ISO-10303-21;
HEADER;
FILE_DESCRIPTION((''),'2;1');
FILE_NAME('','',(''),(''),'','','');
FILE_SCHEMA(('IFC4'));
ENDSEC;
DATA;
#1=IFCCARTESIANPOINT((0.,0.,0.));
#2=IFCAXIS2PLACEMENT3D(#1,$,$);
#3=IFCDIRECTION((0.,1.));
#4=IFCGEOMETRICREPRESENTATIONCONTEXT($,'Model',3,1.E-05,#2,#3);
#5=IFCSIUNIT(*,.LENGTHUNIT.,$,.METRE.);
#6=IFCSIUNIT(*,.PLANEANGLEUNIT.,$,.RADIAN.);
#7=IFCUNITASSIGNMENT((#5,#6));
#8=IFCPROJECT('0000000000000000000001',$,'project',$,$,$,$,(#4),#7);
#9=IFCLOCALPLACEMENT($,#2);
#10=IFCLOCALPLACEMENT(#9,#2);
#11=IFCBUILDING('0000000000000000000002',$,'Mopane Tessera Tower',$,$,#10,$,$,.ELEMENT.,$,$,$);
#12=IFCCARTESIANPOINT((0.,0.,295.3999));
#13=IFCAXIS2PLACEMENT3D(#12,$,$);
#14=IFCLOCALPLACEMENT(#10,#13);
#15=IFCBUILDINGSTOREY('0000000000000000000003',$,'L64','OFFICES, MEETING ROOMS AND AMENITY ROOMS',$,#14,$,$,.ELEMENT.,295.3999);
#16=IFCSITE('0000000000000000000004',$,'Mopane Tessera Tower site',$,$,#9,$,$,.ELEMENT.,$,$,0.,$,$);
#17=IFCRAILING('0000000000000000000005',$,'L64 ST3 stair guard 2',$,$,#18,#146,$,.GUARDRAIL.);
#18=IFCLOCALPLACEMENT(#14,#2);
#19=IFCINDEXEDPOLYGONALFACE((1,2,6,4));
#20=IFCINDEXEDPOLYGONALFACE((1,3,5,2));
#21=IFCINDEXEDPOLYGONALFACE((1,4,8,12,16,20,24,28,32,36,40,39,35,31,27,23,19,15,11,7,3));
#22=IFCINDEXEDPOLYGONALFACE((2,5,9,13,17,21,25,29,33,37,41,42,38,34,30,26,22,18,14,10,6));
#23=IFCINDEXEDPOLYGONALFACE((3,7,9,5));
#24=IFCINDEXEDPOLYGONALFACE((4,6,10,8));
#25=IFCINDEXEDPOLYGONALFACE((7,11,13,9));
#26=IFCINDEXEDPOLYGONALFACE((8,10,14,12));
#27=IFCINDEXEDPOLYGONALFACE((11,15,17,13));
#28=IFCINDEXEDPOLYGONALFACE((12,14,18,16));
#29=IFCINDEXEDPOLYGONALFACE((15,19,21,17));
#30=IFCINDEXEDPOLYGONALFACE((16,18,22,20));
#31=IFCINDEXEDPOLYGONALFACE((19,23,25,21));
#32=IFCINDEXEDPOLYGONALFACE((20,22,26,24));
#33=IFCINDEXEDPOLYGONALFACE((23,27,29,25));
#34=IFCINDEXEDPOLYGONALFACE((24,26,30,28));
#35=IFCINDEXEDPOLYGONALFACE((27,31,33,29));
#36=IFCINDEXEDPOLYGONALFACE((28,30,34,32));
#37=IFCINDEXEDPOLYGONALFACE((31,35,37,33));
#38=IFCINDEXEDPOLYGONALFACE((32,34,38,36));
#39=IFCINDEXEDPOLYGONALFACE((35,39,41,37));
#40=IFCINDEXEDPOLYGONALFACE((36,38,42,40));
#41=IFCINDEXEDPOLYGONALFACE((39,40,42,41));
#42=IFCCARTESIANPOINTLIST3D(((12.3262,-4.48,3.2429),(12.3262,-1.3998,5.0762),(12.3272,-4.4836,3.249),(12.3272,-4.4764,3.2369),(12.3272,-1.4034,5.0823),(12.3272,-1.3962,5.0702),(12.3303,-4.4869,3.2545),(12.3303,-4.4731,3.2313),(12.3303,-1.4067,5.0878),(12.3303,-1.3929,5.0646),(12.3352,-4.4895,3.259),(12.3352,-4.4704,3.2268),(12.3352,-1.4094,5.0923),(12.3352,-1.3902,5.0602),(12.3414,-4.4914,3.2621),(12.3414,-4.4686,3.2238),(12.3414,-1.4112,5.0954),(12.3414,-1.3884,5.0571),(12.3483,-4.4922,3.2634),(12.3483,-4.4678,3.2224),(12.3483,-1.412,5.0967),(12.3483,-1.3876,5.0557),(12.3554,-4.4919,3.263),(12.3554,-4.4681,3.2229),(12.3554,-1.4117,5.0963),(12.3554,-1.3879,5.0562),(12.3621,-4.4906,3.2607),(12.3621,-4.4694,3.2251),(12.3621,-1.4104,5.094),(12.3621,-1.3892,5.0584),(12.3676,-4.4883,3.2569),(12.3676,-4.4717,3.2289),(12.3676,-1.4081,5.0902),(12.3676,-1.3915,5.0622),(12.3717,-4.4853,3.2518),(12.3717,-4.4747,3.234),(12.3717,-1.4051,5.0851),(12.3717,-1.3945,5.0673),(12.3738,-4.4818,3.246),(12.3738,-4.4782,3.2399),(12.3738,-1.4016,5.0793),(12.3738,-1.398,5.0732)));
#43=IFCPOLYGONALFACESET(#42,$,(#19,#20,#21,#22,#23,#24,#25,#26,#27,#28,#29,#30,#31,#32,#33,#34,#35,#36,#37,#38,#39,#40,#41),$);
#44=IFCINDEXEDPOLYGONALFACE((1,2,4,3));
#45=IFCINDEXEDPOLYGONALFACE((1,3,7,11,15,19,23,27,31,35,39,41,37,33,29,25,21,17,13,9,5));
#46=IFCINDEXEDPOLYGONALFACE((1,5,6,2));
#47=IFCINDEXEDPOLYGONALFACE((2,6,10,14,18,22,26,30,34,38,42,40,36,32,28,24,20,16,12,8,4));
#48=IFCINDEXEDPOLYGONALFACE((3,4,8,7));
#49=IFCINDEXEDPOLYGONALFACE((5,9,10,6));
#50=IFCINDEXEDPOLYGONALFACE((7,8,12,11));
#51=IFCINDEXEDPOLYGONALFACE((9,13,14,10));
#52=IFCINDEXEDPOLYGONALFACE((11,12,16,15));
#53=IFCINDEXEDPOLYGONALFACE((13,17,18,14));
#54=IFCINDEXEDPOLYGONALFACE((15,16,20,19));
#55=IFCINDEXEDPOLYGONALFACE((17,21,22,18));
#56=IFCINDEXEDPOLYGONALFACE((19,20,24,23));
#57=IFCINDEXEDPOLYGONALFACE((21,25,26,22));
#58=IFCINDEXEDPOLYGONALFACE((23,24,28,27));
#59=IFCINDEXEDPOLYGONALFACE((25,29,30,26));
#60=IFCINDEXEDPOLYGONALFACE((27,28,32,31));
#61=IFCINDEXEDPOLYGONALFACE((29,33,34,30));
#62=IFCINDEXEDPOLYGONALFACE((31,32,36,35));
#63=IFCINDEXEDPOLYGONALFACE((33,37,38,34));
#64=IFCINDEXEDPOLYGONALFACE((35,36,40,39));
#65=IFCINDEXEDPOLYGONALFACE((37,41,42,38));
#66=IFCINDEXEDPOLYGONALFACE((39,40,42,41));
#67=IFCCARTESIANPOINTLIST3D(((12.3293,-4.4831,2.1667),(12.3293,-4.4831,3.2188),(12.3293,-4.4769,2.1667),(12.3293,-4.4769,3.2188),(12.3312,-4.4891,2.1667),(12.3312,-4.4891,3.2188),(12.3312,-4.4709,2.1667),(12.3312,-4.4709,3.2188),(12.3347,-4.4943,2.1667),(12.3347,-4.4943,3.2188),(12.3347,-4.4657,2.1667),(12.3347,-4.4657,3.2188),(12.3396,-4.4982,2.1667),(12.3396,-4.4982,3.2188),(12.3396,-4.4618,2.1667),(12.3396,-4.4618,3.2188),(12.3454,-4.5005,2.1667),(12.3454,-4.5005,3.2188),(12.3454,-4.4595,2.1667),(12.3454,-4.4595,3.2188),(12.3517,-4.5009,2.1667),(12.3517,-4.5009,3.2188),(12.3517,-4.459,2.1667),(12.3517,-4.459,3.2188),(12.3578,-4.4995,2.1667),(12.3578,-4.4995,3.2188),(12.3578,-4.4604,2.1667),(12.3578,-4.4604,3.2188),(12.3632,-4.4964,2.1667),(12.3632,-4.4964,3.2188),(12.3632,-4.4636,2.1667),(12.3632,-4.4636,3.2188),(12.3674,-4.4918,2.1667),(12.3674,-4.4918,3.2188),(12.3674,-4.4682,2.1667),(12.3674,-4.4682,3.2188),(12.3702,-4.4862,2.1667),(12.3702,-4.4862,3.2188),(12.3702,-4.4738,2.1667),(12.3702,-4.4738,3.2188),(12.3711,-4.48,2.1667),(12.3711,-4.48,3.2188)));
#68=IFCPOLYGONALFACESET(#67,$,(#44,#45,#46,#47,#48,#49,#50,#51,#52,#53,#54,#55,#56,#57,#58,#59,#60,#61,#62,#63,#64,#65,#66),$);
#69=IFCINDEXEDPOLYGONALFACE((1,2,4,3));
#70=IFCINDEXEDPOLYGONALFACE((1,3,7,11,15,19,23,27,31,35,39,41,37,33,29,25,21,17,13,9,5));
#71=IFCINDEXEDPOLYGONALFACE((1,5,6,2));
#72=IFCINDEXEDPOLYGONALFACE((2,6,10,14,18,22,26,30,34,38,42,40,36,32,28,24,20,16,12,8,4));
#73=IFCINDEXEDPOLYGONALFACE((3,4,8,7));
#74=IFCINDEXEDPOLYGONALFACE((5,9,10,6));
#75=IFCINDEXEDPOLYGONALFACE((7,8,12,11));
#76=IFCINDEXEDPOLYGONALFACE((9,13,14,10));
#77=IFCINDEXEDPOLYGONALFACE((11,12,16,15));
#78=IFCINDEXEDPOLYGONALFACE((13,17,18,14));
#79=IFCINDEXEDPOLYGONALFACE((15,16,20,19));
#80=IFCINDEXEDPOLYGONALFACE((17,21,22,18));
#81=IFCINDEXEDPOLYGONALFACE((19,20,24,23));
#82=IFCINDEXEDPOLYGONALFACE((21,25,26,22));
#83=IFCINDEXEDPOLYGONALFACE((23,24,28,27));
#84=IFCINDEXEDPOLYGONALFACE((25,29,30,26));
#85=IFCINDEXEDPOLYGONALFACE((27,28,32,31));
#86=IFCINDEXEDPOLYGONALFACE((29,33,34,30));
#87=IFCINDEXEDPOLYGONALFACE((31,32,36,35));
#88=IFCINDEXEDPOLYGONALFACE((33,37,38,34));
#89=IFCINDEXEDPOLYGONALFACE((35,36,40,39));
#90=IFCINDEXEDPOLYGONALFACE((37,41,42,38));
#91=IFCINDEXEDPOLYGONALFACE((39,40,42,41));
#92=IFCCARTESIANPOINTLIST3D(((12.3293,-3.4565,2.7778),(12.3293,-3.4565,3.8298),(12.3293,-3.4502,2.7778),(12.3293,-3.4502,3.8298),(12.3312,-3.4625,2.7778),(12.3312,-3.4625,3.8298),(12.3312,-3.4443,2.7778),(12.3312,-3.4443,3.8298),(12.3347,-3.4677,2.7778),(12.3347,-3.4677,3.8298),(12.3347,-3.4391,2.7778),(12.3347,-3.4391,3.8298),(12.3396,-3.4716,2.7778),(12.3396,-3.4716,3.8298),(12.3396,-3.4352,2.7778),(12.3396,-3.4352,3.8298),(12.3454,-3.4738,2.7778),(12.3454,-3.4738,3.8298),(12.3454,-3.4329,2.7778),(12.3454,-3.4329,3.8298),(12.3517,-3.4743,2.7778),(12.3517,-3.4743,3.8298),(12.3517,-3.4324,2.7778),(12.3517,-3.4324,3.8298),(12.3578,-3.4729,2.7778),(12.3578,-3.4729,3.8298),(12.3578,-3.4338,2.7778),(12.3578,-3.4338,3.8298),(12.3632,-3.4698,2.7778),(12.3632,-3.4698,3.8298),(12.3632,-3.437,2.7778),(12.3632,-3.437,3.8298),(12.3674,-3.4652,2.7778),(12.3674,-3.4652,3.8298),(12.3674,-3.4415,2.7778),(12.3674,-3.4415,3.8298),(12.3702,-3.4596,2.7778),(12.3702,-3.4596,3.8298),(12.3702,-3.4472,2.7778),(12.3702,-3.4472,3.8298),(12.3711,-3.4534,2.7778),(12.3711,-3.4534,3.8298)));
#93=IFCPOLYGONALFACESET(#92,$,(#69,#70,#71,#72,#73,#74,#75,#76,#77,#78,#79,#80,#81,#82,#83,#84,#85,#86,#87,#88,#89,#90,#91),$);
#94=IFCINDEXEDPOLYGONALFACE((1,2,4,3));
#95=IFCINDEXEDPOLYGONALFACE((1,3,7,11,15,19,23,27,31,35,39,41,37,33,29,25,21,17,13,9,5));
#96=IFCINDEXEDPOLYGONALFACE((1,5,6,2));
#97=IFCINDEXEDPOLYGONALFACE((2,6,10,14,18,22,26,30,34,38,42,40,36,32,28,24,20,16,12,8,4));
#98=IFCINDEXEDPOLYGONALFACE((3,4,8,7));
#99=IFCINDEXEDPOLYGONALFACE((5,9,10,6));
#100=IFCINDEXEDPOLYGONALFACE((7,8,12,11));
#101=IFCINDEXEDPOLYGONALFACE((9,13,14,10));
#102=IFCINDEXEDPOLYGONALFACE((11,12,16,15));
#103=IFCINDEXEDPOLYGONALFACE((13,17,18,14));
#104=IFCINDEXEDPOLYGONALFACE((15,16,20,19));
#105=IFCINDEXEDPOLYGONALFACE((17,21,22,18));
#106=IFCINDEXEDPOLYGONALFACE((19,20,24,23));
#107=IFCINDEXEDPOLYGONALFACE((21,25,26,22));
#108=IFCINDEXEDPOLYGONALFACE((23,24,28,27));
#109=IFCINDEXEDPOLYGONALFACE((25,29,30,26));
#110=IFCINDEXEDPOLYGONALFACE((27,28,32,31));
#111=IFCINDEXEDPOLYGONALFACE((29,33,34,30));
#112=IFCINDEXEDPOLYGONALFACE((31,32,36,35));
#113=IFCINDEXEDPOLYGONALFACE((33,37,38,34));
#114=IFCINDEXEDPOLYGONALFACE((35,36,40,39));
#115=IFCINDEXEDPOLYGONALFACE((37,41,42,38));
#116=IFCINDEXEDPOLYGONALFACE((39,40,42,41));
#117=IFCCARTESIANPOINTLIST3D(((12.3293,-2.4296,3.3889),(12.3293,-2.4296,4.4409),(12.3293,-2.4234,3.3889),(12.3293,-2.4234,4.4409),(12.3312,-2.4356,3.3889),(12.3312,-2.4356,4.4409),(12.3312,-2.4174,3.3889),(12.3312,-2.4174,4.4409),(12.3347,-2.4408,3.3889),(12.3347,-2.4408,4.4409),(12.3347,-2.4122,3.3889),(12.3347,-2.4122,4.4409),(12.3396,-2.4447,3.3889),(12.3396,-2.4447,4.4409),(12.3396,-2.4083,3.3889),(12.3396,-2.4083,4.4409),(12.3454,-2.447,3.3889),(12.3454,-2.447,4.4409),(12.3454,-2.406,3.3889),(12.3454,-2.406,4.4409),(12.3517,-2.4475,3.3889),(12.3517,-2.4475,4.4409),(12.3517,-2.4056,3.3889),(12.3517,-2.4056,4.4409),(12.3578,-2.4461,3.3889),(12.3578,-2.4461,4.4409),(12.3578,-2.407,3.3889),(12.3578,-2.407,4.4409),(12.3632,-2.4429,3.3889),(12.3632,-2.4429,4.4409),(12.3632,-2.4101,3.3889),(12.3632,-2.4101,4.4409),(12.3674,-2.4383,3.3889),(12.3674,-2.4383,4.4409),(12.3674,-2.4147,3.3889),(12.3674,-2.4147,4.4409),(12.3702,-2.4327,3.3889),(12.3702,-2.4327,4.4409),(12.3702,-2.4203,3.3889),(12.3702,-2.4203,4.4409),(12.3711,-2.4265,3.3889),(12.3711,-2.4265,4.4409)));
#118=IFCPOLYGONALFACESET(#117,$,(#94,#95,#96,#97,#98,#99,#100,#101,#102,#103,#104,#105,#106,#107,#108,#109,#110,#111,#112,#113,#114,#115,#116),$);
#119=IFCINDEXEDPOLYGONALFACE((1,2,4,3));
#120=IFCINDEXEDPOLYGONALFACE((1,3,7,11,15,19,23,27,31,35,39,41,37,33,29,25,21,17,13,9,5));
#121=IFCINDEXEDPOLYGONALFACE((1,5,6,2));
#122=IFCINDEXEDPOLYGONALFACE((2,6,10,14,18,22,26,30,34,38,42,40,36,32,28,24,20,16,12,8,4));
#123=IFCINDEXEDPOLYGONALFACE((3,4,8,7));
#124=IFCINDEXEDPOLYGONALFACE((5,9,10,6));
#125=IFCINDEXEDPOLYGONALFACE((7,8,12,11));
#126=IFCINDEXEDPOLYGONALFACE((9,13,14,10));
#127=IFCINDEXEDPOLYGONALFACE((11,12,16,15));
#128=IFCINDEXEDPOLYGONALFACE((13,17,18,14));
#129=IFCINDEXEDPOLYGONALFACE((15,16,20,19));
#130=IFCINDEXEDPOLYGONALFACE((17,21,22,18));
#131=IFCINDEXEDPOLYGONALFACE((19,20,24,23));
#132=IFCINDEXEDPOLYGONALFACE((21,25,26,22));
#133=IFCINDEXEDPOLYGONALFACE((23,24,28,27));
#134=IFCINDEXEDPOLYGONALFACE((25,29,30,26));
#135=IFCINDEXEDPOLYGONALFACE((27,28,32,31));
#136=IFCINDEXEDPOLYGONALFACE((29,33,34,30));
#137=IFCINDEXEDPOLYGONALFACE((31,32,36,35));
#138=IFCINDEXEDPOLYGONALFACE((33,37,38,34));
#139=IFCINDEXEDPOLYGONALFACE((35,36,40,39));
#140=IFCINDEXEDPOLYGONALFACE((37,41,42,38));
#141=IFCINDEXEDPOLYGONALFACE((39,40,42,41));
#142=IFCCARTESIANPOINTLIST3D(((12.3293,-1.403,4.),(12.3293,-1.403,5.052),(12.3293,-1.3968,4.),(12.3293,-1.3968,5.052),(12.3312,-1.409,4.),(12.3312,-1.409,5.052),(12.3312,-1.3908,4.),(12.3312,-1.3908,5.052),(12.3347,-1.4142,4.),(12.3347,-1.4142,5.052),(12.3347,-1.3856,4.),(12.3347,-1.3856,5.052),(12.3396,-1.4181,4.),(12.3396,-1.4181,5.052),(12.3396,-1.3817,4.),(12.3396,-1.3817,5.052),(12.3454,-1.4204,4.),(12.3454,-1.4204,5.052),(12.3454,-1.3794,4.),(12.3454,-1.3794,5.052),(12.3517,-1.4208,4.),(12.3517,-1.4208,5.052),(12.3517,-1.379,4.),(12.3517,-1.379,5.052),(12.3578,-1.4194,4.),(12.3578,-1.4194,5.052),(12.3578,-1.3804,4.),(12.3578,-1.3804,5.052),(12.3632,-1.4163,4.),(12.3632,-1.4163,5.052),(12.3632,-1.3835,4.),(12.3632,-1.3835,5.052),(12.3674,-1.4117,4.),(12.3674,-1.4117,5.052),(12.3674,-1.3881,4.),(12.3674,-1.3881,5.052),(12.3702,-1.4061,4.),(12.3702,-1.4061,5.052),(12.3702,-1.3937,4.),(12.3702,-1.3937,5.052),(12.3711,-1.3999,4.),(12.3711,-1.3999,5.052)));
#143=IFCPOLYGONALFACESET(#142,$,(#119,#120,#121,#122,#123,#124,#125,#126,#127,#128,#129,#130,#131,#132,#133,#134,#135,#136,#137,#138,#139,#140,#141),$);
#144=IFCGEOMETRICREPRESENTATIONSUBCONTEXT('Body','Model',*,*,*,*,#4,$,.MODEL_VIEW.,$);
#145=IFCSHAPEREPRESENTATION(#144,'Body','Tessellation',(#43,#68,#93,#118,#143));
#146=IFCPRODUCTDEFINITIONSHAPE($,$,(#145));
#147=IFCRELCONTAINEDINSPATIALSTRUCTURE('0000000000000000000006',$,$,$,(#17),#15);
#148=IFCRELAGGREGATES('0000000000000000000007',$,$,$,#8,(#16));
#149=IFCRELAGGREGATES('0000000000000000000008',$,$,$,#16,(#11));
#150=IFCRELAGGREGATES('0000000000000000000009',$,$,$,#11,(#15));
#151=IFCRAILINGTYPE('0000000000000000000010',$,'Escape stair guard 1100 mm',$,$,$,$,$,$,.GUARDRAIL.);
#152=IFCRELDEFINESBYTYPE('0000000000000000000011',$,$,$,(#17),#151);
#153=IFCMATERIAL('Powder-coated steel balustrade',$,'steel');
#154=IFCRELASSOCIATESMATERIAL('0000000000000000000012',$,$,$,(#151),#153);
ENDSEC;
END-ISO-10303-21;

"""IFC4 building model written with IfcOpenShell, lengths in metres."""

from ifc_helpers import new_model, si_unit, direction, frame, origin, origin_2d, place, context, subcontext, project, spatial, circle, extrude, material, type_object, element, save


model = new_model("IFC4")

# Units and contexts
model_context = context("Model", 3, precision=1e-05, world=origin(), true_north=direction((0.0, 1.0)))
body_context = subcontext(model_context, "Body", "Model", "MODEL_VIEW")
ifc_project = project(units=[si_unit("LENGTHUNIT", "METRE"), si_unit("PLANEANGLEUNIT", "RADIAN")], contexts=[model_context])

# Site, building, storey
site_placement = place(None, origin())
site = spatial("IfcSite", under=ifc_project, at=site_placement, Name="Mopane Tessera Tower site", CompositionType="ELEMENT", RefElevation=0.0)
building_placement = place(site_placement, origin())
building = spatial("IfcBuilding", under=site, at=building_placement, Name="Mopane Tessera Tower", CompositionType="ELEMENT")
storey_placement = place(building_placement, frame((0.0, 0.0, 295.3999)))
storey = spatial("IfcBuildingStorey", under=building, at=storey_placement, Name="L64", Description="OFFICES, MEETING ROOMS AND AMENITY ROOMS", CompositionType="ELEMENT", Elevation=295.3999)

# Railing
ifc_material_1 = material(Name="Powder-coated steel balustrade", Category="steel")
railing_type_1 = type_object("IfcRailingType", Name="Escape stair guard 1100 mm", PredefinedType="GUARDRAIL", material=ifc_material_1)
railing_1_placement = place(storey_placement, frame((12.3501, -4.48, 2.1667)))
element("IfcRailing", 1, at=railing_1_placement, inside=storey, type_object=railing_type_1, Name="L64 ST3 stair guard 2", PredefinedType="GUARDRAIL", context=body_context, shape_type="SweptSolid", body=[
    extrude(circle(Radius=0.0239, at=origin_2d()), frame((0.0, 0.0, 1.0762), z_axis=(0.0, 0.859309, 0.511458), x_axis=(-1.0, 0.0, 0.0)), (0.0, 0.0, 1.0), 3.5845),
    extrude(circle(Radius=0.021, at=origin_2d()), origin(), (0.0, 0.0, 1.0), 1.052),
    extrude(circle(Radius=0.021, at=origin_2d()), frame((0.0, 1.0266, 0.6111)), (0.0, 0.0, 1.0), 1.052),
    extrude(circle(Radius=0.021, at=origin_2d()), frame((0.0, 2.0535, 1.2222)), (0.0, 0.0, 1.0), 1.052),
    extrude(circle(Radius=0.021, at=origin_2d()), frame((0.0, 3.0801, 1.8333)), (0.0, 0.0, 1.0), 1.052),
])

save(model, "model.ifc")
